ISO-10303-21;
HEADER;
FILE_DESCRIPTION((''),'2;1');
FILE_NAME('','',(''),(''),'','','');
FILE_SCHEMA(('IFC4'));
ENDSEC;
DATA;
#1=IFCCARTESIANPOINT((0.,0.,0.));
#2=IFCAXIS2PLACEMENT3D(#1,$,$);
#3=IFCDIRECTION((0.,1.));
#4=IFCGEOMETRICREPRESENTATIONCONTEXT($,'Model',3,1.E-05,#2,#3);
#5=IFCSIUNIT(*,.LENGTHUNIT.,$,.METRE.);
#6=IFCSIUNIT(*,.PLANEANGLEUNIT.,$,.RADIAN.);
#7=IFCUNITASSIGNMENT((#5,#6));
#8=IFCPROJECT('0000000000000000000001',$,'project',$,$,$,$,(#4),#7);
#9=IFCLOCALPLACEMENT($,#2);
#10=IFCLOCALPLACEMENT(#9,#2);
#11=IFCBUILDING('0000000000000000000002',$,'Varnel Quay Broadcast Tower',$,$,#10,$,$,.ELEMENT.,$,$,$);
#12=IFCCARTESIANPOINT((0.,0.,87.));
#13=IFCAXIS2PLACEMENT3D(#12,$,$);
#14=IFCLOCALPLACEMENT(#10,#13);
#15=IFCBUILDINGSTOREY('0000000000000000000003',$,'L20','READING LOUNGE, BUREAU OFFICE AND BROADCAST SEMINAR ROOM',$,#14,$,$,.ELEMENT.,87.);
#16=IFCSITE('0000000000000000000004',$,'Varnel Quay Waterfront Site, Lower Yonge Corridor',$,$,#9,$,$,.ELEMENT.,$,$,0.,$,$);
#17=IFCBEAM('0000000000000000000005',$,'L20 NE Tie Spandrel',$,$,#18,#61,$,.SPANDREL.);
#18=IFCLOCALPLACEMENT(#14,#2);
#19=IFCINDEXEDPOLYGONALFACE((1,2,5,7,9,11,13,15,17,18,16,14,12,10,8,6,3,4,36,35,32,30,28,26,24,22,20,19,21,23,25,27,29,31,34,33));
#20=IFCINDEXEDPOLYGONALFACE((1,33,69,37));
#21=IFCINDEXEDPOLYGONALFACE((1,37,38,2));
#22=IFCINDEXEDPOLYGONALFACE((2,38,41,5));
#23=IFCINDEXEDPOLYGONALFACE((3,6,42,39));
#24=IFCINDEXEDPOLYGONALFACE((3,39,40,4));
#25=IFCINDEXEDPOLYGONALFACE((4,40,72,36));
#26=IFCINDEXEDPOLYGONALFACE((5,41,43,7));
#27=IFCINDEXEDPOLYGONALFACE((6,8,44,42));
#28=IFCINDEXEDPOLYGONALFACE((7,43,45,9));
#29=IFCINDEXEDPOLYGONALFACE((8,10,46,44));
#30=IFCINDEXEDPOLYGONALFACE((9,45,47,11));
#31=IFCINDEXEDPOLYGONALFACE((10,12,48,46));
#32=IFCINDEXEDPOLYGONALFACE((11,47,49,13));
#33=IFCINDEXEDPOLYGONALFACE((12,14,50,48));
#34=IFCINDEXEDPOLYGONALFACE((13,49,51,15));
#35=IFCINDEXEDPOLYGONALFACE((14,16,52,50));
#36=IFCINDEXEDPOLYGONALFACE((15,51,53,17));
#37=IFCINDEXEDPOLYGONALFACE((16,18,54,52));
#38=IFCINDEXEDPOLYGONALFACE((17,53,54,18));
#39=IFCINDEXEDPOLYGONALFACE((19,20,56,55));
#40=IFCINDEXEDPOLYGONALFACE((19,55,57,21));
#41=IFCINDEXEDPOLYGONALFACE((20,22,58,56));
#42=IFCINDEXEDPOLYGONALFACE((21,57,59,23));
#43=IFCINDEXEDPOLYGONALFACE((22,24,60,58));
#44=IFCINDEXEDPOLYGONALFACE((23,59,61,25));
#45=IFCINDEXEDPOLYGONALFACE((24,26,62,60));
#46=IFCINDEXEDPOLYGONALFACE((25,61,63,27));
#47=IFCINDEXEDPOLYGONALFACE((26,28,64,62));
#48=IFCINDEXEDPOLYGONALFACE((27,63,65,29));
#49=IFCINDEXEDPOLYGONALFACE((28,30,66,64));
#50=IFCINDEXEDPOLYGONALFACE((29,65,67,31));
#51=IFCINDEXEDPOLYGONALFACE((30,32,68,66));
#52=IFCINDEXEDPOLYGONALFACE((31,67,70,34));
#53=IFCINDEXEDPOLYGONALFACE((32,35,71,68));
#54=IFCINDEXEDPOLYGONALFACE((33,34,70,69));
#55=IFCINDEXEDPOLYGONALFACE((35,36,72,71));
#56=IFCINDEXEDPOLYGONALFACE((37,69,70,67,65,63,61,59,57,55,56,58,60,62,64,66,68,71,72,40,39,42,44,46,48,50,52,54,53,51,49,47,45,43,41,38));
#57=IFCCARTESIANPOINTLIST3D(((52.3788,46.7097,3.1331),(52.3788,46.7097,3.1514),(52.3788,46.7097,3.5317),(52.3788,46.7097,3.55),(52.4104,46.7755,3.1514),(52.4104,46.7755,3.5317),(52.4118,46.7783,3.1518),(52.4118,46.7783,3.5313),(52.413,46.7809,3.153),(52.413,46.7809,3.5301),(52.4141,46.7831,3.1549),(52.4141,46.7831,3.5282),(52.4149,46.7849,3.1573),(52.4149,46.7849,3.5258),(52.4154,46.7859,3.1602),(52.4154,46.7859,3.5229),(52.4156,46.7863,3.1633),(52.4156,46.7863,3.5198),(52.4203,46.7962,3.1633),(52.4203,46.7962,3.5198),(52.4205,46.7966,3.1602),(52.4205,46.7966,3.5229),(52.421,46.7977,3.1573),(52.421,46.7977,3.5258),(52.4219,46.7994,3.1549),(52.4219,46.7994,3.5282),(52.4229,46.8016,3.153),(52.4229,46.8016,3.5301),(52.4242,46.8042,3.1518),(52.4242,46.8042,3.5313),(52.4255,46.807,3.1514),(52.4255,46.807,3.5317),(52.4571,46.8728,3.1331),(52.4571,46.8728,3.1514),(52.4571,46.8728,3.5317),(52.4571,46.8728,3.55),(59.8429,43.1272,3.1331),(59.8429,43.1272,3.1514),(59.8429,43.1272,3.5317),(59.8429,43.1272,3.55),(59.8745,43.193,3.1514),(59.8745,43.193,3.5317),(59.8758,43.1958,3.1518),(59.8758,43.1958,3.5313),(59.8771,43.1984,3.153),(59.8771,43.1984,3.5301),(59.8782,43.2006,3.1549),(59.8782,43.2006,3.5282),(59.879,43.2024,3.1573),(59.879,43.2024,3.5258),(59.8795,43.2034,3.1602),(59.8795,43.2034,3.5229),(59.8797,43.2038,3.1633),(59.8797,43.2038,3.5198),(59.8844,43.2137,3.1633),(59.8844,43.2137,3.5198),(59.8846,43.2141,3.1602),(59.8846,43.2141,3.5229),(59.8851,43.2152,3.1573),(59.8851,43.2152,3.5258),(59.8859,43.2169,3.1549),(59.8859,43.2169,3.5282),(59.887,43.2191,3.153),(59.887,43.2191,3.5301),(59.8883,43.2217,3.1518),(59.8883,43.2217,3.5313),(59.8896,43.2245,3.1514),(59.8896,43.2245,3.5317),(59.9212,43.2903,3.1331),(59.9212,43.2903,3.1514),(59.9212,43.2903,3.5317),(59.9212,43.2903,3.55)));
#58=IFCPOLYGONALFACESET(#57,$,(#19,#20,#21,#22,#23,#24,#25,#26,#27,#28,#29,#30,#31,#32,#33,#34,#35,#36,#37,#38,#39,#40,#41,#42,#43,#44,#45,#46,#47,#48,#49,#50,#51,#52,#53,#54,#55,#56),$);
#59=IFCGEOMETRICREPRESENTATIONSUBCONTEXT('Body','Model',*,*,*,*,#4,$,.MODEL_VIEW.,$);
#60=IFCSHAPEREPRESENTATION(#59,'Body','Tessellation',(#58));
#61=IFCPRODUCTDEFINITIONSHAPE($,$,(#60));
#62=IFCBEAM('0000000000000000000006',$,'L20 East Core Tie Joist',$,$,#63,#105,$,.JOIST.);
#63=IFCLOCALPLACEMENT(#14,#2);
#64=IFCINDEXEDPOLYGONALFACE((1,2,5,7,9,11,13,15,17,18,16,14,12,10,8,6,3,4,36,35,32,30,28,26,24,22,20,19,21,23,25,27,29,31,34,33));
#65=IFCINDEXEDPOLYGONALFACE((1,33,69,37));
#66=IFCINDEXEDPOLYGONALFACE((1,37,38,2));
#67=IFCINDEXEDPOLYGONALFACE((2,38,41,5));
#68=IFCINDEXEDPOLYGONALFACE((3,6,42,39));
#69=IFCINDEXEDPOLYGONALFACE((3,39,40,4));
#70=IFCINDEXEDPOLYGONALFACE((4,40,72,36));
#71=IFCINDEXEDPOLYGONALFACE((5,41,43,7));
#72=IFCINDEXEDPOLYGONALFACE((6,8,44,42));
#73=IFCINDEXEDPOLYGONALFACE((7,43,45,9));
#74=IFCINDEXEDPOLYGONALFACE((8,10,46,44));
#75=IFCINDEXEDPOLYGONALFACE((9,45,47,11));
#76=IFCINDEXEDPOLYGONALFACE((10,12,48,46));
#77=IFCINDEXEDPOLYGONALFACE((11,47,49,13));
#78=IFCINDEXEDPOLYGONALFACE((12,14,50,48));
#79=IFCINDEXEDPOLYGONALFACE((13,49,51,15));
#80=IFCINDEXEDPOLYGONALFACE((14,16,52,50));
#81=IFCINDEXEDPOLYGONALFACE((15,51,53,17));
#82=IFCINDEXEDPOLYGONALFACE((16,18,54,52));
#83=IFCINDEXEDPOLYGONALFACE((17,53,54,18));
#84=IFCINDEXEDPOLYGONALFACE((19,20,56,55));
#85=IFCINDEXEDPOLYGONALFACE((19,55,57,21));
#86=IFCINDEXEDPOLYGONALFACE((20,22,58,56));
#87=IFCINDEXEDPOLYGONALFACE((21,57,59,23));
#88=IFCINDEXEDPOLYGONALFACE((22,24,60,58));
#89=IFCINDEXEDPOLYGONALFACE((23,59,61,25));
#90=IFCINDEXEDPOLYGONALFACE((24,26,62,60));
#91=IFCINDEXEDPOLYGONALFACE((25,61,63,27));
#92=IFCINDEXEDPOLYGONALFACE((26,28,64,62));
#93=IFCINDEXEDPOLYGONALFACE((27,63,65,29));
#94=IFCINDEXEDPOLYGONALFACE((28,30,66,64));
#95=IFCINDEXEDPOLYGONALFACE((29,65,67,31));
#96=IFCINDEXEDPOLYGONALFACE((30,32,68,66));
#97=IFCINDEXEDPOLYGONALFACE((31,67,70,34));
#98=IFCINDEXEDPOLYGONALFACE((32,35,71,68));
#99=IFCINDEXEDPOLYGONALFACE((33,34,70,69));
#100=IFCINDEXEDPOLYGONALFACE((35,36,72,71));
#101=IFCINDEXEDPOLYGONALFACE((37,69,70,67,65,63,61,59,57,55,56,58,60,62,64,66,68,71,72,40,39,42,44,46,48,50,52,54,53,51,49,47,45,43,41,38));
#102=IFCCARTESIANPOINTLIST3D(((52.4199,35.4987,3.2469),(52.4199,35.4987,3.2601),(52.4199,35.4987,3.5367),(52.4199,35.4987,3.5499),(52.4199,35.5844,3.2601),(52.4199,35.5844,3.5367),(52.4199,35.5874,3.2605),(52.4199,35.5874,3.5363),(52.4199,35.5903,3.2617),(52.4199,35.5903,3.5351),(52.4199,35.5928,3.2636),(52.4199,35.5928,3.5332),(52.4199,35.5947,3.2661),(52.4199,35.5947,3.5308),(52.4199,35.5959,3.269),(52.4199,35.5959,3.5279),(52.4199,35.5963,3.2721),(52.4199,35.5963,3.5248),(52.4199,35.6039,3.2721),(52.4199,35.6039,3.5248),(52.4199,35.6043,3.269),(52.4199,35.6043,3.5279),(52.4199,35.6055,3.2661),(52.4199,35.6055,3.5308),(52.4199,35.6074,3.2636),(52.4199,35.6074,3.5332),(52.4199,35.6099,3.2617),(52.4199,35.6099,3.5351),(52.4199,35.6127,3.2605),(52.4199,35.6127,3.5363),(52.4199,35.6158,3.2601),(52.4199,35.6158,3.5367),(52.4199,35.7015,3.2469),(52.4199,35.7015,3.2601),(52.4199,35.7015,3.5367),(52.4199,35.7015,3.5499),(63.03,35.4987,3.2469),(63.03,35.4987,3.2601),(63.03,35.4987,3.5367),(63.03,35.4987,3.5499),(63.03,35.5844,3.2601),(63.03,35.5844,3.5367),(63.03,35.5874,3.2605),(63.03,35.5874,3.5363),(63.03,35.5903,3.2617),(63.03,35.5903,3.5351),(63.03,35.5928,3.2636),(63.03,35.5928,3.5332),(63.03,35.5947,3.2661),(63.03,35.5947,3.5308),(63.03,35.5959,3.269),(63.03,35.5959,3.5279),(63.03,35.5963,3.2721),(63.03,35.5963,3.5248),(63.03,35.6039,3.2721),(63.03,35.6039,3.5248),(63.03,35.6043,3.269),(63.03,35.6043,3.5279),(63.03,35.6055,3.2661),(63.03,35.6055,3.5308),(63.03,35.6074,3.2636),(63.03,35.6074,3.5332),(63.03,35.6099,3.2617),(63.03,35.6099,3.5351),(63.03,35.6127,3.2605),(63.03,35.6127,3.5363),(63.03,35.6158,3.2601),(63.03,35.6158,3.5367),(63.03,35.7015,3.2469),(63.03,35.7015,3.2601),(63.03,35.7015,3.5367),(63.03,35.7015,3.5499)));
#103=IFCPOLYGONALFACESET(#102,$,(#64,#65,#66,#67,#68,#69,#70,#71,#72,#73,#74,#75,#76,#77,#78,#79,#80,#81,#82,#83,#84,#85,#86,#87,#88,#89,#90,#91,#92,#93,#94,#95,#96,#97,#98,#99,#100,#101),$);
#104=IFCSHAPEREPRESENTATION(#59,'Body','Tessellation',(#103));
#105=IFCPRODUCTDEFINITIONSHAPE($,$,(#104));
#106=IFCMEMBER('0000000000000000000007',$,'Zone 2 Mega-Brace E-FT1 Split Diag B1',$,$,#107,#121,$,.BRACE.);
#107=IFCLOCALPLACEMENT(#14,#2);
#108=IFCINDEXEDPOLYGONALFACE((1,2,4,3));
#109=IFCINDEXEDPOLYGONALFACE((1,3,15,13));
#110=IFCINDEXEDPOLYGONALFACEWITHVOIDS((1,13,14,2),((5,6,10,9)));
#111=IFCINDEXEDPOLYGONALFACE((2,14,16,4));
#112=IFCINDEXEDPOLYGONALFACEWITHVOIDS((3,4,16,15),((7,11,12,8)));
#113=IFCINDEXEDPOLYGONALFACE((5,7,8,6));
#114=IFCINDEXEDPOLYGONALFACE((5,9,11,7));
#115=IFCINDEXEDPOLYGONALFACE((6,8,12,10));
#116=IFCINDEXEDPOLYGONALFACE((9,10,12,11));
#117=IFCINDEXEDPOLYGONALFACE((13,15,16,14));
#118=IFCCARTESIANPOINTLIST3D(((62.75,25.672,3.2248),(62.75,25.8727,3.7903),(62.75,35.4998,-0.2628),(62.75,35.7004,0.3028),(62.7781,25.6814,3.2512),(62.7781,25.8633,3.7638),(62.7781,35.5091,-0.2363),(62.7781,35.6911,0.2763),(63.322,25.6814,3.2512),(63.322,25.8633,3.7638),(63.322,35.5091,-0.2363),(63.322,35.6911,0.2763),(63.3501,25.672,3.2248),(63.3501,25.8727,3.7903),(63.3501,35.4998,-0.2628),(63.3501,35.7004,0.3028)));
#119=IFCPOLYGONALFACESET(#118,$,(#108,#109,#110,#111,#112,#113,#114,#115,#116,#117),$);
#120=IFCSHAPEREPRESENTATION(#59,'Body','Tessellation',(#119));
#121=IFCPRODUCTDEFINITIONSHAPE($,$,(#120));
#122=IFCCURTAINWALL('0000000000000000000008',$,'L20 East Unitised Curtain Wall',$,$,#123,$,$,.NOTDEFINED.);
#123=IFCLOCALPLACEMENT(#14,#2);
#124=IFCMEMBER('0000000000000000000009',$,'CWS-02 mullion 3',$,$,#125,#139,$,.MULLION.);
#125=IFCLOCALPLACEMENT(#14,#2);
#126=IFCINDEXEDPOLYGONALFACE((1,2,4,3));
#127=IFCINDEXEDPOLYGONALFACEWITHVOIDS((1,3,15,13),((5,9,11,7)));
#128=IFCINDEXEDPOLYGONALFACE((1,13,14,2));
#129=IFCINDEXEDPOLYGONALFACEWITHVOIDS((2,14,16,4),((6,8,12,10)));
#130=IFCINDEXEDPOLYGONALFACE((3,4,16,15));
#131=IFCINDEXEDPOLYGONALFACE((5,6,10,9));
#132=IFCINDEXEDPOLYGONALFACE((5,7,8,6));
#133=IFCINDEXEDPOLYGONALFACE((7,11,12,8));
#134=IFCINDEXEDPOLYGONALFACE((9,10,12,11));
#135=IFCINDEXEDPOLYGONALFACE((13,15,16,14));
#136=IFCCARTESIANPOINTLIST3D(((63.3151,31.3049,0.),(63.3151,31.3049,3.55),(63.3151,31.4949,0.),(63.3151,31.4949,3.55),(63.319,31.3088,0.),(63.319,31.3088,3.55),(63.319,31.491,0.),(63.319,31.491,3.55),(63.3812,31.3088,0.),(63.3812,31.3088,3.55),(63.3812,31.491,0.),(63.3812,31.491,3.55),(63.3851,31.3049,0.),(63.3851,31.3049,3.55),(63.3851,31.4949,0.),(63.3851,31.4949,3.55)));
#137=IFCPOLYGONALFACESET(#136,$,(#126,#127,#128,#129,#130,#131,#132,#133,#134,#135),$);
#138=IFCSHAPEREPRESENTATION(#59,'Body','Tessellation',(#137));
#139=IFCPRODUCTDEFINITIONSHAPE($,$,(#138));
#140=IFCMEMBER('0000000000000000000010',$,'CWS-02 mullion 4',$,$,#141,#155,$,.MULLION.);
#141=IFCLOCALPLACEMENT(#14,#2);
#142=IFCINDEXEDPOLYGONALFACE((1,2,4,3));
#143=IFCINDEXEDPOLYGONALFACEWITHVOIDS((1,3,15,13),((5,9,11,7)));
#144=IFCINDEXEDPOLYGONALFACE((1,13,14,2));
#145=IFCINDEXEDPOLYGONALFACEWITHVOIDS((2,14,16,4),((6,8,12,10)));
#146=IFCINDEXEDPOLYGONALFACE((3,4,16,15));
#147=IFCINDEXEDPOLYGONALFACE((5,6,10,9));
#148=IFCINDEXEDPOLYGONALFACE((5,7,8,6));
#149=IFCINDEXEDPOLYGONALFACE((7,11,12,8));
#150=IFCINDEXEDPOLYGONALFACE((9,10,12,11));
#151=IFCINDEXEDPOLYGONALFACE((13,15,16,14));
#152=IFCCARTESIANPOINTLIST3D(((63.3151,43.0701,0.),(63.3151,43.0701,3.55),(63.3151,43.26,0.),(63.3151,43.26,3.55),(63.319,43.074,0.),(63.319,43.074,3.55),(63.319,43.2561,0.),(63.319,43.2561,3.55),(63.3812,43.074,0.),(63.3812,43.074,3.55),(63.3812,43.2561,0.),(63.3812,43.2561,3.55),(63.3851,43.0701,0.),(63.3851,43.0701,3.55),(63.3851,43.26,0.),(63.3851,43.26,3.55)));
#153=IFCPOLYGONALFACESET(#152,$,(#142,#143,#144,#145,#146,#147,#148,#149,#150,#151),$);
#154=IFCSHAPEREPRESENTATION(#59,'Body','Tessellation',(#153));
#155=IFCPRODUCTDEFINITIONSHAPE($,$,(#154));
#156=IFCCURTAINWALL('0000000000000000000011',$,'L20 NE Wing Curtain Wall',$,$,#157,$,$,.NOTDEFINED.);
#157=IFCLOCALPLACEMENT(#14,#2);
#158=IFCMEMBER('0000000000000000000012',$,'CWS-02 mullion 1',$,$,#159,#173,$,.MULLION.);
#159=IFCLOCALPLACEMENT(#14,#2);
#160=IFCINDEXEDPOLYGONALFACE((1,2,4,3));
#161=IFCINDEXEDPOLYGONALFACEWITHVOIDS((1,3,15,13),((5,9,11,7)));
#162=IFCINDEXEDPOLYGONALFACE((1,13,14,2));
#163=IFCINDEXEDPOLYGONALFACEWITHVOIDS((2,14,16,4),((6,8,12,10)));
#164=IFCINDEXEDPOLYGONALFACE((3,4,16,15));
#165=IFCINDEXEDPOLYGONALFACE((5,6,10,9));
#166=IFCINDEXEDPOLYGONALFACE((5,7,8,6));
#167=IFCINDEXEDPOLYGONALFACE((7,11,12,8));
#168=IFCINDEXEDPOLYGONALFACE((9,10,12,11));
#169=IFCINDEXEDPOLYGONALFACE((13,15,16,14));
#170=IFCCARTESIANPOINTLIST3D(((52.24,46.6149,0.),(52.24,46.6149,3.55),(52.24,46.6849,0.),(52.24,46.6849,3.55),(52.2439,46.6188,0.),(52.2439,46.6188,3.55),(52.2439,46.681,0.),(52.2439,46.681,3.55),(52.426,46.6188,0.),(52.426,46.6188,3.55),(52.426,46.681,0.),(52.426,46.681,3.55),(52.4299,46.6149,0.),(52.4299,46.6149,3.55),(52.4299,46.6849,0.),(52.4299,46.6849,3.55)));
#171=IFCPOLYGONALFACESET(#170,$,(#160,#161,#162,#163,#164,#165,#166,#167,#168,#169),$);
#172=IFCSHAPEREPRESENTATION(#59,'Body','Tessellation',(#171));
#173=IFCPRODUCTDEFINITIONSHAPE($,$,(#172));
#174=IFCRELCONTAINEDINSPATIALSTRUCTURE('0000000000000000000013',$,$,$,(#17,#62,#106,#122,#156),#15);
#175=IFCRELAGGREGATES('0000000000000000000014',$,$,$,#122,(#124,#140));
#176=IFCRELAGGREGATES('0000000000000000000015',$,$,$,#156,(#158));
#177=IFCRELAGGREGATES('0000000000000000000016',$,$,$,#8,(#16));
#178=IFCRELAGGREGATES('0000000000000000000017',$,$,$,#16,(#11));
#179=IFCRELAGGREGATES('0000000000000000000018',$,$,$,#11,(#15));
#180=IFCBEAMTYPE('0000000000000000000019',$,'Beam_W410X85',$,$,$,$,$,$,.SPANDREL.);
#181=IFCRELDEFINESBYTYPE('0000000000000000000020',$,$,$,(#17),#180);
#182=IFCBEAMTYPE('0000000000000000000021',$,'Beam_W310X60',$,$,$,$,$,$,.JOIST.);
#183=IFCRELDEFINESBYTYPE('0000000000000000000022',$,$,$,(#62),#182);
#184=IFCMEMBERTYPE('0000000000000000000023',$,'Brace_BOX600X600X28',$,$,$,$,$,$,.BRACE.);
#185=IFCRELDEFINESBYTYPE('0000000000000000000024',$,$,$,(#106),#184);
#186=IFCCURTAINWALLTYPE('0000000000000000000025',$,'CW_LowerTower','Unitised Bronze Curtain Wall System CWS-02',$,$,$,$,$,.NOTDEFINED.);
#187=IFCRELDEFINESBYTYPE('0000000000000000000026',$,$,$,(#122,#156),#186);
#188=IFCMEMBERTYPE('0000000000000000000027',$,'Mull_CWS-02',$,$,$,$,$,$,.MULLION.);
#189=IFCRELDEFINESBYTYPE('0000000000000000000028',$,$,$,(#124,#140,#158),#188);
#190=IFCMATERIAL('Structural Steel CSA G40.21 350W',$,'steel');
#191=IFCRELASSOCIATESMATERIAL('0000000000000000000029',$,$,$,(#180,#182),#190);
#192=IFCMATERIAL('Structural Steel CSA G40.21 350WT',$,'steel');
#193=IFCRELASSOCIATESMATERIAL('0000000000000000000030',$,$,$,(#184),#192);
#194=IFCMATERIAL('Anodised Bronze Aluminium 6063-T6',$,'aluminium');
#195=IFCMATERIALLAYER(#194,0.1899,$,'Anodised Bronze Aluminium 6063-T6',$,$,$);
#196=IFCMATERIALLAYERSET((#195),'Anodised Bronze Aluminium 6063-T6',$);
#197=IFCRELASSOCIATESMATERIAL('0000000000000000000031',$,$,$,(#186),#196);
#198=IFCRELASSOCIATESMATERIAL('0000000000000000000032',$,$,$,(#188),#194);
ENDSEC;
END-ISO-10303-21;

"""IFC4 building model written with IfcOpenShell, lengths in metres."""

from ifc_helpers import new_model, si_unit, direction, frame, origin, origin_2d, place, context, subcontext, project, spatial, hollow_rectangle, i_section, extrude, source, transform, mapped, material, layer, layer_set, material_profile, profile_set, type_object, type_shapes, element, aggregate, save


model = new_model("IFC4")

# Units and contexts
model_context = context("Model", 3, precision=1e-05, world=origin(), true_north=direction((0.0, 1.0)))
body_context = subcontext(model_context, "Body", "Model", "MODEL_VIEW")
ifc_project = project(units=[si_unit("LENGTHUNIT", "METRE"), si_unit("PLANEANGLEUNIT", "RADIAN")], contexts=[model_context])

# Site, building, storey
site_placement = place(None, origin())
site = spatial("IfcSite", under=ifc_project, at=site_placement, Name="Varnel Quay Waterfront Site, Lower Yonge Corridor", CompositionType="ELEMENT", RefElevation=0.0)
building_placement = place(site_placement, origin())
building = spatial("IfcBuilding", under=site, at=building_placement, Name="Varnel Quay Broadcast Tower", CompositionType="ELEMENT")
storey_placement = place(building_placement, frame((0.0, 0.0, 87.0)))
storey = spatial("IfcBuildingStorey", under=building, at=storey_placement, Name="L20", Description="READING LOUNGE, BUREAU OFFICE AND BROADCAST SEMINAR ROOM", CompositionType="ELEMENT", Elevation=87.0)

# Shared definitions
ifc_material_1 = material(Name="Structural Steel CSA G40.21 350WT", Category="steel")
ifc_material_2 = material(Name="Structural Steel CSA G40.21 350W", Category="steel")

# Beams
ifc_material_profile_1 = material_profile(ifc_material_2, i_section(OverallWidth=0.1809, OverallDepth=0.417, WebThickness=0.011, FlangeThickness=0.0183, FilletRadius=0.012, at=origin_2d()), Name="W410X85")
ifc_profile_set_1 = profile_set([ifc_material_profile_1], Name="Structural Steel CSA G40.21 350W")
beam_type_1 = type_object("IfcBeamType", Name="Beam_W410X85", PredefinedType="SPANDREL", material=ifc_profile_set_1)
shared_shape_1 = source(origin(), body_context, "Body", "SweptSolid", [
    extrude(i_section(OverallWidth=0.1809, OverallDepth=0.417, WebThickness=0.011, FlangeThickness=0.0183, FilletRadius=0.012, at=origin_2d()), origin(), (0.0, 0.0, 1.0), 8.2793),
])
beam_1_placement = place(storey_placement, frame((52.418, 46.7913, 3.3416), z_axis=(0.901535, -0.432706, 0.0), x_axis=(0.432706, 0.901535, 0.0)))
element("IfcBeam", 1, at=beam_1_placement, inside=storey, type_object=beam_type_1, Name="L20 NE Tie Spandrel", PredefinedType="SPANDREL", context=body_context, shape_type="MappedRepresentation", body=[
    mapped(shared_shape_1, transform((0.0, 0.0, 0.0), x_axis=(1.0, 0.0, 0.0), y_axis=(0.0, 1.0, 0.0), z_axis=(0.0, 0.0, 1.0), scale=1.0)),
])
ifc_material_profile_2 = material_profile(ifc_material_2, i_section(OverallWidth=0.2029, OverallDepth=0.303, WebThickness=0.0076, FlangeThickness=0.0132, FilletRadius=0.012, at=origin_2d()), Name="W310X60")
ifc_profile_set_2 = profile_set([ifc_material_profile_2], Name="Structural Steel CSA G40.21 350W")
beam_type_2 = type_object("IfcBeamType", Name="Beam_W310X60", PredefinedType="JOIST", material=ifc_profile_set_2)
shared_shape_2 = source(origin(), body_context, "Body", "SweptSolid", [
    extrude(i_section(OverallWidth=0.2029, OverallDepth=0.303, WebThickness=0.0076, FlangeThickness=0.0132, FilletRadius=0.012, at=origin_2d()), origin(), (0.0, 0.0, 1.0), 10.6101),
])
type_shapes(beam_type_2, [shared_shape_2])
beam_2_placement = place(storey_placement, frame((52.4199, 35.6001, 3.3984), z_axis=(1.0, 0.0, 0.0), x_axis=(0.0, 1.0, 0.0)))
element("IfcBeam", 2, at=beam_2_placement, inside=storey, type_object=beam_type_2, Name="L20 East Core Tie Joist", PredefinedType="JOIST", context=body_context, shape_type="MappedRepresentation", body=[
    mapped(shared_shape_2, transform((0.0, 0.0, 0.0), x_axis=(1.0, 0.0, 0.0), y_axis=(0.0, 1.0, 0.0), z_axis=(0.0, 0.0, 1.0), scale=1.0)),
])

# Member
ifc_material_profile_3 = material_profile(ifc_material_1, hollow_rectangle(XDim=0.6001, YDim=0.6001, WallThickness=0.0281, at=origin_2d()), Name="BOX600X600X28")
ifc_profile_set_3 = profile_set([ifc_material_profile_3], Name="Structural Steel CSA G40.21 350WT")
member_type_1 = type_object("IfcMemberType", Name="Brace_BOX600X600X28", PredefinedType="BRACE", material=ifc_profile_set_3)
shared_shape_3 = source(origin(), body_context, "Body", "SweptSolid", [
    extrude(hollow_rectangle(XDim=0.6001, YDim=0.6001, WallThickness=0.0281, at=origin_2d()), origin(), (0.0, 0.0, 1.0), 10.4282),
])
type_shapes(member_type_1, [shared_shape_3])
member_1_placement = place(storey_placement, frame((63.05, 35.6001, 0.02), z_axis=(0.0, -0.942421, 0.33443), x_axis=(1.0, 0.0, 0.0)))
element("IfcMember", 3, at=member_1_placement, inside=storey, type_object=member_type_1, Name="Zone 2 Mega-Brace E-FT1 Split Diag B1", PredefinedType="BRACE", context=body_context, shape_type="MappedRepresentation", body=[
    mapped(shared_shape_3, transform((0.0, 0.0, 0.0), x_axis=(1.0, 0.0, 0.0), y_axis=(0.0, 1.0, 0.0), z_axis=(0.0, 0.0, 1.0), scale=1.0)),
])

# Curtain walls, members
ifc_material_3 = material(Name="Anodised Bronze Aluminium 6063-T6", Category="aluminium")
ifc_layer_1 = layer(ifc_material_3, 0.1899, Name="Anodised Bronze Aluminium 6063-T6")
ifc_layer_set_1 = layer_set([ifc_layer_1], Name="Anodised Bronze Aluminium 6063-T6")
curtain_wall_type = type_object("IfcCurtainWallType", Name="CW_LowerTower", Description="Unitised Bronze Curtain Wall System CWS-02", PredefinedType="NOTDEFINED", material=ifc_layer_set_1)
curtain_wall_1_placement = place(storey_placement, origin())
curtain_wall_1 = element("IfcCurtainWall", 4, at=curtain_wall_1_placement, inside=storey, type_object=curtain_wall_type, Name="L20 East Unitised Curtain Wall", PredefinedType="NOTDEFINED")
ifc_material_profile_4 = material_profile(ifc_material_3, hollow_rectangle(XDim=0.0701, YDim=0.1899, WallThickness=0.0039, at=origin_2d()), Name="ALU70X190X4")
ifc_profile_set_4 = profile_set([ifc_material_profile_4], Name="Anodised Bronze Aluminium 6063-T6")
member_type_2 = type_object("IfcMemberType", Name="Mull_CWS-02", PredefinedType="MULLION", material=ifc_profile_set_4)
shared_shape_4 = source(origin(), body_context, "Body", "SweptSolid", [
    extrude(hollow_rectangle(XDim=0.0701, YDim=0.1899, WallThickness=0.0039, at=origin_2d()), origin(), (0.0, 0.0, 1.0), 3.55),
])
type_shapes(member_type_2, [shared_shape_4])
member_2_placement = place(storey_placement, frame((63.3501, 31.3999, 0.0), z_axis=(0.0, 0.0, 1.0), x_axis=(-1.0, 0.0, 0.0)))
member_2 = element("IfcMember", 5, at=member_2_placement, type_object=member_type_2, Name="CWS-02 mullion 3", PredefinedType="MULLION", context=body_context, shape_type="MappedRepresentation", body=[
    mapped(shared_shape_4, transform((0.0, 0.0, 0.0), x_axis=(1.0, 0.0, 0.0), y_axis=(0.0, 1.0, 0.0), z_axis=(0.0, 0.0, 1.0), scale=1.0)),
])
member_3_placement = place(storey_placement, frame((63.3501, 43.165, 0.0), z_axis=(0.0, 0.0, 1.0), x_axis=(-1.0, 0.0, 0.0)))
member_3 = element("IfcMember", 6, at=member_3_placement, type_object=member_type_2, Name="CWS-02 mullion 4", PredefinedType="MULLION", context=body_context, shape_type="MappedRepresentation", body=[
    mapped(shared_shape_4, transform((0.0, 0.0, 0.0), x_axis=(1.0, 0.0, 0.0), y_axis=(0.0, 1.0, 0.0), z_axis=(0.0, 0.0, 1.0), scale=1.0)),
])
curtain_wall_2_placement = place(storey_placement, origin())
curtain_wall_2 = element("IfcCurtainWall", 7, at=curtain_wall_2_placement, inside=storey, type_object=curtain_wall_type, Name="L20 NE Wing Curtain Wall", PredefinedType="NOTDEFINED")
member_4_placement = place(storey_placement, frame((52.335, 46.6499, 0.0), z_axis=(0.0, 0.0, 1.0), x_axis=(0.0, 1.0, 0.0)))
member_4 = element("IfcMember", 8, at=member_4_placement, type_object=member_type_2, Name="CWS-02 mullion 1", PredefinedType="MULLION", context=body_context, shape_type="MappedRepresentation", body=[
    mapped(shared_shape_4, transform((0.0, 0.0, 0.0), x_axis=(1.0, 0.0, 0.0), y_axis=(0.0, 1.0, 0.0), z_axis=(0.0, 0.0, 1.0), scale=1.0)),
])

aggregate(curtain_wall_1, [member_2, member_3])
aggregate(curtain_wall_2, [member_4])

save(model, "model.ifc")
